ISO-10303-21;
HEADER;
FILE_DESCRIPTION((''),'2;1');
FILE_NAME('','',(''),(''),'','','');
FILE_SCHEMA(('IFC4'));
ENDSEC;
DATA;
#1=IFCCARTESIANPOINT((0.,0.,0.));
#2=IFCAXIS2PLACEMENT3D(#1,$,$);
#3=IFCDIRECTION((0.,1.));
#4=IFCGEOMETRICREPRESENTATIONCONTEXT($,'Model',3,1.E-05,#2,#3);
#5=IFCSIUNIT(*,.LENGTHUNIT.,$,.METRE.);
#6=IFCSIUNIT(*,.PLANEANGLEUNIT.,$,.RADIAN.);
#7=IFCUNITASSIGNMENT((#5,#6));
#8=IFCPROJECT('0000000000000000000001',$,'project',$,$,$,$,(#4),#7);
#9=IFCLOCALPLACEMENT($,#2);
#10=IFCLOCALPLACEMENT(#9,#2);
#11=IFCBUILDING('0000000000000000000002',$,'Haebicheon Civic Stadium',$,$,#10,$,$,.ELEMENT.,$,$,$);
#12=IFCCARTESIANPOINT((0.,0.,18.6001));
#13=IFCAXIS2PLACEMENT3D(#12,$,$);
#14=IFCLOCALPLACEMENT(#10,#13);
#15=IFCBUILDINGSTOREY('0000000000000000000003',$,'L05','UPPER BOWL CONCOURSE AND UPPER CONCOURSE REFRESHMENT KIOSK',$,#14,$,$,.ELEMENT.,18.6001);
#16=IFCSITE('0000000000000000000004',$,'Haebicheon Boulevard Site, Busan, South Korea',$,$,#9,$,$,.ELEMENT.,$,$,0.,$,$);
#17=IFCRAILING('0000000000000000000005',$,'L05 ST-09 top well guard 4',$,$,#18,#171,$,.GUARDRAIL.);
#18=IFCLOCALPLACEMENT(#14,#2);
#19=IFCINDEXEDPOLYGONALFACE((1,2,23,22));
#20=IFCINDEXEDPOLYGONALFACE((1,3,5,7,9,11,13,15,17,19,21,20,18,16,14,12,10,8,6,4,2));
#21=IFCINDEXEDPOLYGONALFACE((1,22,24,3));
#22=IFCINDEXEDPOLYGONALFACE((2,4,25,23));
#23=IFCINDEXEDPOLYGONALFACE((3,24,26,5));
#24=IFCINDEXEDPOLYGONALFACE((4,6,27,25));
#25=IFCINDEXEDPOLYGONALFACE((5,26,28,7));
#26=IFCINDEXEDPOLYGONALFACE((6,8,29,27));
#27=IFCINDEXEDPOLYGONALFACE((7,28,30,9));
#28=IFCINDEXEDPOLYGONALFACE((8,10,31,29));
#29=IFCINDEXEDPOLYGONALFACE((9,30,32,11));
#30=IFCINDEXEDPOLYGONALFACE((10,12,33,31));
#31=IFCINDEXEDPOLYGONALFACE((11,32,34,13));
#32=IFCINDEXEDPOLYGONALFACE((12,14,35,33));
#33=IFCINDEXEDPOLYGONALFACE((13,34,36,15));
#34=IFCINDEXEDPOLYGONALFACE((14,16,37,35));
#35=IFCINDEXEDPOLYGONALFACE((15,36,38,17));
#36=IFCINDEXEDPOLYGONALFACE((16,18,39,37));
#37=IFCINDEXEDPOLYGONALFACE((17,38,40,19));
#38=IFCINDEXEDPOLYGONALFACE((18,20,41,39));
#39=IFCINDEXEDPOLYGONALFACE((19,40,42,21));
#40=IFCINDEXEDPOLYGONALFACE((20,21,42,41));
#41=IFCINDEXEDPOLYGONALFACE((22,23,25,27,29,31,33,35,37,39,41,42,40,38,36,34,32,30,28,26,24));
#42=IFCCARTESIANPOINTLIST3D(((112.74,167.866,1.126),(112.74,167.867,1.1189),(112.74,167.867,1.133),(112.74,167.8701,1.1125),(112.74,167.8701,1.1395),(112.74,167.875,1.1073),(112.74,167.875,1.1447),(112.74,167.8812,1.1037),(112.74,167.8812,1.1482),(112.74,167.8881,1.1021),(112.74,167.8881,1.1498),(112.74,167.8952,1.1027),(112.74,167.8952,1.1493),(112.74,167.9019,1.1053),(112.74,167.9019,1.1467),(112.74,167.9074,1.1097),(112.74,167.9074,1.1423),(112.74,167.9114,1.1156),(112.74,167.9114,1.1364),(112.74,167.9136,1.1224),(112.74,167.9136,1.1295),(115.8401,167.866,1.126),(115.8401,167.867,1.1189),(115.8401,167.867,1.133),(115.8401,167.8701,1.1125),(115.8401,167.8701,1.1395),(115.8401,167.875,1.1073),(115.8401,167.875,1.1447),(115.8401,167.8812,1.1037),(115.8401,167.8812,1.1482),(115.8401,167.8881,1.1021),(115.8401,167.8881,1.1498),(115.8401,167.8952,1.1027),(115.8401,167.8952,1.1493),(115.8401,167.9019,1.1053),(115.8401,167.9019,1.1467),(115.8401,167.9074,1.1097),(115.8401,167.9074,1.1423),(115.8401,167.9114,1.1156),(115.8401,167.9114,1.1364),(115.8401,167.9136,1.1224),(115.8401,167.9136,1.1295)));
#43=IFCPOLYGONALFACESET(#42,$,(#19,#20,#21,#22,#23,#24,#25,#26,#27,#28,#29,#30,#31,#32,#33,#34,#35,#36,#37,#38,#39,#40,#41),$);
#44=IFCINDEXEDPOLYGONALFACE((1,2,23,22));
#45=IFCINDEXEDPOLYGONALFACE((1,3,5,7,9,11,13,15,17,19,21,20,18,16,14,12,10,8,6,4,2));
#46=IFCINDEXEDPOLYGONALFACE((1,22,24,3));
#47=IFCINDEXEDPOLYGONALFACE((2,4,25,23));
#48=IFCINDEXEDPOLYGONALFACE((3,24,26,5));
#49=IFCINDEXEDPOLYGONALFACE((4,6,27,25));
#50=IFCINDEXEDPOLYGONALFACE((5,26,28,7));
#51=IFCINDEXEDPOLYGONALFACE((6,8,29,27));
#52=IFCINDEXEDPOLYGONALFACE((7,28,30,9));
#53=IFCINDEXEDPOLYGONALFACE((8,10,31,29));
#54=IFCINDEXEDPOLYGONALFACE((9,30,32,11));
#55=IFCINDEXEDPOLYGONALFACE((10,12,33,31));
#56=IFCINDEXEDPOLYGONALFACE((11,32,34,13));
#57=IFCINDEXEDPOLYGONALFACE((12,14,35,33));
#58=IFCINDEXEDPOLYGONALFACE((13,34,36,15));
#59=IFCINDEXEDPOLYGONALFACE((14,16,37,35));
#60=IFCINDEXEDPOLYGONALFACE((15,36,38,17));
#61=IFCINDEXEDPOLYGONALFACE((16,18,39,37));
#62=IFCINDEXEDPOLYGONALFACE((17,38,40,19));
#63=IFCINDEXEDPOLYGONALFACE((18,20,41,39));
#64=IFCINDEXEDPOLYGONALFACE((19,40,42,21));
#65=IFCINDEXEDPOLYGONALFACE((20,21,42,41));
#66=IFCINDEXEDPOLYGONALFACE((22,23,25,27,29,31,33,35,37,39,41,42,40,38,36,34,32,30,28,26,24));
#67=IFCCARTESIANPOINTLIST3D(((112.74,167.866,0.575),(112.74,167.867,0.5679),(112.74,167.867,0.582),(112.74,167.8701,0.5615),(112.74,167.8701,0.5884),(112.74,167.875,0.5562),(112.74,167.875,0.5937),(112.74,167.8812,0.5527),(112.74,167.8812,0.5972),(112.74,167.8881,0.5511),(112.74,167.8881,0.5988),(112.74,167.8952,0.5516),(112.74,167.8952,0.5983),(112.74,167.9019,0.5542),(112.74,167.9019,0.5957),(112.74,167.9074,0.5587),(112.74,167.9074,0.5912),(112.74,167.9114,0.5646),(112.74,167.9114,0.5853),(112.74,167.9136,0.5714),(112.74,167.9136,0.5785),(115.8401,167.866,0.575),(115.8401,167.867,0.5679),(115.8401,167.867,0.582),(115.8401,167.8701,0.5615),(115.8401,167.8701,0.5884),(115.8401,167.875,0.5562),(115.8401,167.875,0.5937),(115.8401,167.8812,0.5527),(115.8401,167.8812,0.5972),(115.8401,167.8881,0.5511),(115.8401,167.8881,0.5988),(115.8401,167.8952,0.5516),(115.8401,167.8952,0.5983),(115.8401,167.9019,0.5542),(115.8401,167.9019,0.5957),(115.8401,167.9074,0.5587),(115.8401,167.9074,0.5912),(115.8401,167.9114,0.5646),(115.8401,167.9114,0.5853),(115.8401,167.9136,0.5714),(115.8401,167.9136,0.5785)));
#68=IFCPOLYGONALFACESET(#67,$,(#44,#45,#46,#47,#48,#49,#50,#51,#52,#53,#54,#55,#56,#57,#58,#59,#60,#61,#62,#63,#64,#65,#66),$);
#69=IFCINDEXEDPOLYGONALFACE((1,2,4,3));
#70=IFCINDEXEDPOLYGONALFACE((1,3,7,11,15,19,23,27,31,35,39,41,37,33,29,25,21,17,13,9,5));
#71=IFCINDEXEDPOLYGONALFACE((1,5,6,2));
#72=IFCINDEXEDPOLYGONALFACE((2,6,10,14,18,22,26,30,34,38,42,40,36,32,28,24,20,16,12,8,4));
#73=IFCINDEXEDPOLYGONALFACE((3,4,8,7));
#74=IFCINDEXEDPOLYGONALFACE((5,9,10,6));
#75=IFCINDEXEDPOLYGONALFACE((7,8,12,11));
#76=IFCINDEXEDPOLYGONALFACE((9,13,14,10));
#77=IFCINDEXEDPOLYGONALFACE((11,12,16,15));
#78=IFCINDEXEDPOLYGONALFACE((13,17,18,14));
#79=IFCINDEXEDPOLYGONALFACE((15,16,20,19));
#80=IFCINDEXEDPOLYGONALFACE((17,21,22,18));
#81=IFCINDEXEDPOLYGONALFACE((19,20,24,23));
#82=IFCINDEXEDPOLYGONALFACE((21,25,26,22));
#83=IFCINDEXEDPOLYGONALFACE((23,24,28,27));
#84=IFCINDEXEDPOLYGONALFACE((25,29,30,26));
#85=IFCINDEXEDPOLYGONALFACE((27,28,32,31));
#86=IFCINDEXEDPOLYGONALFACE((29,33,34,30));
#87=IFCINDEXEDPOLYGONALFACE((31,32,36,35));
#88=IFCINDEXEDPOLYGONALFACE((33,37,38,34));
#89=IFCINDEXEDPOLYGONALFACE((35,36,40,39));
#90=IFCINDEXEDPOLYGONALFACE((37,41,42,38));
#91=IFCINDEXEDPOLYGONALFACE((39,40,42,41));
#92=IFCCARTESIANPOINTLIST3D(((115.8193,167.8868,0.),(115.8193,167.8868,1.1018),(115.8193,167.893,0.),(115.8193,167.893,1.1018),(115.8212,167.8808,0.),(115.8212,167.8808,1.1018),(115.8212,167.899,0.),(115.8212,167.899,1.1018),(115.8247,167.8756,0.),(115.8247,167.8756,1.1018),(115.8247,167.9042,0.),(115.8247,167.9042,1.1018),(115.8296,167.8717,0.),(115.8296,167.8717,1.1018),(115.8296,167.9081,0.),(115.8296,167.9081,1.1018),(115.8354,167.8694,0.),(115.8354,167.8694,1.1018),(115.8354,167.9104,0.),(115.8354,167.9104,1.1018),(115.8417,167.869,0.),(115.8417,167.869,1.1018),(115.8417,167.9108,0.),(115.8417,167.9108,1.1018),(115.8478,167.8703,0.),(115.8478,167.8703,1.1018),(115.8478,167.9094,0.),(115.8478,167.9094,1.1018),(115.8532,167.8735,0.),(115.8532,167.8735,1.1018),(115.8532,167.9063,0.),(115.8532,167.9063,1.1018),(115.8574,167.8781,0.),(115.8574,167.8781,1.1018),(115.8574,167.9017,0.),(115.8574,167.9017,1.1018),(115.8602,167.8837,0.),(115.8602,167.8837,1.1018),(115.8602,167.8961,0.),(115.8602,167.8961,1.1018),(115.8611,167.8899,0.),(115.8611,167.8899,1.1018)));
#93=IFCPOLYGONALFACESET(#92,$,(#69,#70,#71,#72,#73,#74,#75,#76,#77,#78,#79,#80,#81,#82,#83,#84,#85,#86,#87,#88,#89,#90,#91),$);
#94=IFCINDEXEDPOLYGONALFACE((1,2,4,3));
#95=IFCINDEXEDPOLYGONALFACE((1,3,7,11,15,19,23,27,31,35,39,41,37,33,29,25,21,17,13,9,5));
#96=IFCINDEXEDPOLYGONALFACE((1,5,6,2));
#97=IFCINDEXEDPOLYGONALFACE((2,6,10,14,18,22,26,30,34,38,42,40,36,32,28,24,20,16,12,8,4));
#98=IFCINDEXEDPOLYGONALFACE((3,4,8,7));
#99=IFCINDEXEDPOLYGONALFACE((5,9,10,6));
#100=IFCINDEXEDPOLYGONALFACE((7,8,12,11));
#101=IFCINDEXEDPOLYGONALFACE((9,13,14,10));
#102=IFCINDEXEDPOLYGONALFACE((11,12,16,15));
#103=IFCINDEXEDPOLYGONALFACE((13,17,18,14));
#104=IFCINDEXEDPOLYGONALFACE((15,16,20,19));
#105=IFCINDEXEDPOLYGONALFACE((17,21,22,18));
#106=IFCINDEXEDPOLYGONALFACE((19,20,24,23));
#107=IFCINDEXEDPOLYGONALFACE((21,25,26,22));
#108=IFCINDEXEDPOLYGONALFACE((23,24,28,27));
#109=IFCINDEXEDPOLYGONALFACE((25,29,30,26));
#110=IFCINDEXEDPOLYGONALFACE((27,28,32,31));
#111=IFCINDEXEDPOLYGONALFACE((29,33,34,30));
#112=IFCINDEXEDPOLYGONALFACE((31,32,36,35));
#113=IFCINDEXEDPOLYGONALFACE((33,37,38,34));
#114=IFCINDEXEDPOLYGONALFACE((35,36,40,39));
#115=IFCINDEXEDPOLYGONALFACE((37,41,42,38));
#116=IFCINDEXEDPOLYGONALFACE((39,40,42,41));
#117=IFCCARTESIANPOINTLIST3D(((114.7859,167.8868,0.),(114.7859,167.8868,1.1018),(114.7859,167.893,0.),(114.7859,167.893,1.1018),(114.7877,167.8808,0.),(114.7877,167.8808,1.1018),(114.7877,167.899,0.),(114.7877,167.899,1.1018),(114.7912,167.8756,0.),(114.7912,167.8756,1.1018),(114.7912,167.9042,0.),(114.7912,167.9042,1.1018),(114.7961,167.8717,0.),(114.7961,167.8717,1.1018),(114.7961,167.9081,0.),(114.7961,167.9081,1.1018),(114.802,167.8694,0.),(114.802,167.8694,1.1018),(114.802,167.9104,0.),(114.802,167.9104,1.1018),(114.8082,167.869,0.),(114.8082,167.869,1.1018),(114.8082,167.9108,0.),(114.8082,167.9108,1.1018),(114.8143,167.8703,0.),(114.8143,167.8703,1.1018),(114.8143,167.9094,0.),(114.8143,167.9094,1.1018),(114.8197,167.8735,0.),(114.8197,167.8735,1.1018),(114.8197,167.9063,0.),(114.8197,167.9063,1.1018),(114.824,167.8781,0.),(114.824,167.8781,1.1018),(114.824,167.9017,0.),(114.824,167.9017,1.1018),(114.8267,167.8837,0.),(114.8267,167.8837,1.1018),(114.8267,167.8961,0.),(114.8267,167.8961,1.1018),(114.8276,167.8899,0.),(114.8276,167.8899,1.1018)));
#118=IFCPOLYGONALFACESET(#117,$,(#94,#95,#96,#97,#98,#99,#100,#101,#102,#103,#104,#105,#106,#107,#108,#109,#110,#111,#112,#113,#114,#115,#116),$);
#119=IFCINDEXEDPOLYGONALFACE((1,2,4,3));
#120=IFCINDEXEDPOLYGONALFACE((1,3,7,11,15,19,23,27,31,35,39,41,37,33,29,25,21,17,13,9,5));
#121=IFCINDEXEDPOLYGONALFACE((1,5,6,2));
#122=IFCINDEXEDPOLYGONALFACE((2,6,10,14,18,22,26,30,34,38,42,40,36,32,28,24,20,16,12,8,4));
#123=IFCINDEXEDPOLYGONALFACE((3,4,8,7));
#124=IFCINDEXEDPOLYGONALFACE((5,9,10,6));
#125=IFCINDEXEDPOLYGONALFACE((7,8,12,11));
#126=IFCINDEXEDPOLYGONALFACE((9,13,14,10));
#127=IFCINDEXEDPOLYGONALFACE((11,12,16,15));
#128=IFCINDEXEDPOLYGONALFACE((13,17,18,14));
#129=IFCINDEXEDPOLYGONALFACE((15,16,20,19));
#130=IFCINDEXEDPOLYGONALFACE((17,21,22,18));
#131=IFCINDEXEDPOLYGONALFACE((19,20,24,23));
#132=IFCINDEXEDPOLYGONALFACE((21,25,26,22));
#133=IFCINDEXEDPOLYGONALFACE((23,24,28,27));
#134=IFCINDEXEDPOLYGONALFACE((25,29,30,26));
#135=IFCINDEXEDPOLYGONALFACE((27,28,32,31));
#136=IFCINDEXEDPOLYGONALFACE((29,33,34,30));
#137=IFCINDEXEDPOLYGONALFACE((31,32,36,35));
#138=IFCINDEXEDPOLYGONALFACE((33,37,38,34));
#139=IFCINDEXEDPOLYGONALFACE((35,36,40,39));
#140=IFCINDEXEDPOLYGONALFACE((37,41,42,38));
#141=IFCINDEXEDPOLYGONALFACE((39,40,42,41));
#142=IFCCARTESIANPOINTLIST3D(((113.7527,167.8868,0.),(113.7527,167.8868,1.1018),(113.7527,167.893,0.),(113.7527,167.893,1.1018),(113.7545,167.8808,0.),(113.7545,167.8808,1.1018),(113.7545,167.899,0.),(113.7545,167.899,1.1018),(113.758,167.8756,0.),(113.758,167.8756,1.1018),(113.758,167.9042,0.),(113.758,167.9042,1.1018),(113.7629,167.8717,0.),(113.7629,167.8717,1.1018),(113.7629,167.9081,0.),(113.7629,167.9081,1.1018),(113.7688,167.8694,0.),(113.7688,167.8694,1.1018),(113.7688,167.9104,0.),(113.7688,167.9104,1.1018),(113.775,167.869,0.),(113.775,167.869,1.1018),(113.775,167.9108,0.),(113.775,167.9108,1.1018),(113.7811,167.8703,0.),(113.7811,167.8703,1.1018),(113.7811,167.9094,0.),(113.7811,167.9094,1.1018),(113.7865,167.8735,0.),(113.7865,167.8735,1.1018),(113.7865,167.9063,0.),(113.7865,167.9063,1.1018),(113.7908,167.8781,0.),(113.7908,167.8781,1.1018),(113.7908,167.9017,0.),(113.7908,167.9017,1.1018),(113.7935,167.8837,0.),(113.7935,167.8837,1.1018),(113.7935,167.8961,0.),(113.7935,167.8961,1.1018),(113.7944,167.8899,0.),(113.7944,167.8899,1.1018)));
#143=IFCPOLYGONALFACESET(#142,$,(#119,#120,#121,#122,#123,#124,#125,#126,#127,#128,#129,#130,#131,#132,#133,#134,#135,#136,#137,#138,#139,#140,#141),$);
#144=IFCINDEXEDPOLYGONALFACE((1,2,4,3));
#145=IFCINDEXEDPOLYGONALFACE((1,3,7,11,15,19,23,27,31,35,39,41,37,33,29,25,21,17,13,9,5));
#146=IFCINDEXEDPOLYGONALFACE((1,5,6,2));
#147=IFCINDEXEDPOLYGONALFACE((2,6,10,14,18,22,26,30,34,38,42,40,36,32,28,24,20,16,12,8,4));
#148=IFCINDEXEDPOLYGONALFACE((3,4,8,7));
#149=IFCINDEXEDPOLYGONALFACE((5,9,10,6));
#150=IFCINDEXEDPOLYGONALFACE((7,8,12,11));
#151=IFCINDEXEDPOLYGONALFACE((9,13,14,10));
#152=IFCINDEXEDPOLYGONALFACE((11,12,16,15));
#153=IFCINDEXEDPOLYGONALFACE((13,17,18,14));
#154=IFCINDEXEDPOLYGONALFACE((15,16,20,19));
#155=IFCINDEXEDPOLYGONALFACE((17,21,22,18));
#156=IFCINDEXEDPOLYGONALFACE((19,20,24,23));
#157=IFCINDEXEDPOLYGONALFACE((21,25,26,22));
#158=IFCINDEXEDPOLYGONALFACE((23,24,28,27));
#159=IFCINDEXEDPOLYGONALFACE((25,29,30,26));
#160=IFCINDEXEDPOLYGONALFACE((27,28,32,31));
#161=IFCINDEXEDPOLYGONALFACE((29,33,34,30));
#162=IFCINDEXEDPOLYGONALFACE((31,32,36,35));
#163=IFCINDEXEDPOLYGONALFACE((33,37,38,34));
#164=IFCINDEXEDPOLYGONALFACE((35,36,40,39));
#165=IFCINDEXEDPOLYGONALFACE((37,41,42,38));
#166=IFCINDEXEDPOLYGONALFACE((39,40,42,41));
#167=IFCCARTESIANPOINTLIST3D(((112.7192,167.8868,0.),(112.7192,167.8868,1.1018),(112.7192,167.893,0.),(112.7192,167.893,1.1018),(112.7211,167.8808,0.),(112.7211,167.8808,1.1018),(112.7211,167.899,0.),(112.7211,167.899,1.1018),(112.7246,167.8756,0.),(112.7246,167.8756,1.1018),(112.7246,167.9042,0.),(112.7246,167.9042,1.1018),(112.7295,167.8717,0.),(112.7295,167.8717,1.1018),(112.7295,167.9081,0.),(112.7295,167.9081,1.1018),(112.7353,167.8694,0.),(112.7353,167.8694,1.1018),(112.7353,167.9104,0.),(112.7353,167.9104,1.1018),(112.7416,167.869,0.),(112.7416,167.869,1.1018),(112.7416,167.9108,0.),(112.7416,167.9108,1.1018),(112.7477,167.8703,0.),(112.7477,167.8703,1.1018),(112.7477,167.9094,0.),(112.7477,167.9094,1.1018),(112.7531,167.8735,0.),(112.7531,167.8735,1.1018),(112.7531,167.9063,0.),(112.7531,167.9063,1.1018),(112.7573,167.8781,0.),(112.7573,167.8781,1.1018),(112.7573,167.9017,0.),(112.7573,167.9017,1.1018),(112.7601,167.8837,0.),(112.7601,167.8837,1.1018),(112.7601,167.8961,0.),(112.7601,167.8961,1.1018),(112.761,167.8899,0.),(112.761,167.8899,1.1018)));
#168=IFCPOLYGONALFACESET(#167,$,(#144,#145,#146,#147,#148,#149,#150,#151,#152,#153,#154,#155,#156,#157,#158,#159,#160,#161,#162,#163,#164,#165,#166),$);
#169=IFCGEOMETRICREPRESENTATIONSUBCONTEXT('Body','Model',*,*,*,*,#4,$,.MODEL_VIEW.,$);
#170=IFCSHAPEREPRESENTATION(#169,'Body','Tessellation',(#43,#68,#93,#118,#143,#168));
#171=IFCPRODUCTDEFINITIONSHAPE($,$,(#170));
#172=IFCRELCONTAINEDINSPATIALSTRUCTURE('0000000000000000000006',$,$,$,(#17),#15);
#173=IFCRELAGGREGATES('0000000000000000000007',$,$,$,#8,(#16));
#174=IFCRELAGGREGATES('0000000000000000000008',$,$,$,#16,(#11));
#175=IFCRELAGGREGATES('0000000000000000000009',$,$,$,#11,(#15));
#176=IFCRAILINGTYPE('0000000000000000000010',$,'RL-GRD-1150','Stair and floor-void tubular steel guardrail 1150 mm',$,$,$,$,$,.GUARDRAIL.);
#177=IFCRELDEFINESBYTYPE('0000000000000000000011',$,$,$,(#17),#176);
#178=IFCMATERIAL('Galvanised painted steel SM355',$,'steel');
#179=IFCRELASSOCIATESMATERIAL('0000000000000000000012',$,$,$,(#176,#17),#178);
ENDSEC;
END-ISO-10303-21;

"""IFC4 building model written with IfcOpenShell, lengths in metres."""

from ifc_helpers import new_model, si_unit, direction, frame, origin, origin_2d, place, context, subcontext, project, spatial, circle, extrude, material, type_object, element, save


model = new_model("IFC4")

# Units and contexts
model_context = context("Model", 3, precision=1e-05, world=origin(), true_north=direction((0.0, 1.0)))
body_context = subcontext(model_context, "Body", "Model", "MODEL_VIEW")
ifc_project = project(units=[si_unit("LENGTHUNIT", "METRE"), si_unit("PLANEANGLEUNIT", "RADIAN")], contexts=[model_context])

# Site, building, storey
site_placement = place(None, origin())
site = spatial("IfcSite", under=ifc_project, at=site_placement, Name="Haebicheon Boulevard Site, Busan, South Korea", CompositionType="ELEMENT", RefElevation=0.0)
building_placement = place(site_placement, origin())
building = spatial("IfcBuilding", under=site, at=building_placement, Name="Haebicheon Civic Stadium", CompositionType="ELEMENT")
storey_placement = place(building_placement, frame((0.0, 0.0, 18.6001)))
storey = spatial("IfcBuildingStorey", under=building, at=storey_placement, Name="L05", Description="UPPER BOWL CONCOURSE AND UPPER CONCOURSE REFRESHMENT KIOSK", CompositionType="ELEMENT", Elevation=18.6001)

# Railing
ifc_material_1 = material(Name="Galvanised painted steel SM355", Category="steel")
railing_type = type_object("IfcRailingType", Name="RL-GRD-1150", Description="Stair and floor-void tubular steel guardrail 1150 mm", PredefinedType="GUARDRAIL", material=ifc_material_1)
railing_1_placement = place(storey_placement, frame((115.8401, 167.8899, 0.0)))
element("IfcRailing", 1, at=railing_1_placement, inside=storey, type_object=railing_type, material=ifc_material_1, Name="L05 ST-09 top well guard 4", PredefinedType="GUARDRAIL", context=body_context, shape_type="SweptSolid", body=[
    extrude(circle(Radius=0.0239, at=origin_2d()), frame((0.0, 0.0, 1.126), z_axis=(-1.0, 0.0, 0.0), x_axis=(0.0, -1.0, 0.0)), (0.0, 0.0, 1.0), 3.1001),
    extrude(circle(Radius=0.0239, at=origin_2d()), frame((0.0, 0.0, 0.575), z_axis=(-1.0, 0.0, 0.0), x_axis=(0.0, -1.0, 0.0)), (0.0, 0.0, 1.0), 3.1001),
    extrude(circle(Radius=0.021, at=origin_2d()), origin(), (0.0, 0.0, 1.0), 1.1018),
    extrude(circle(Radius=0.021, at=origin_2d()), frame((-1.0334, 0.0, 0.0)), (0.0, 0.0, 1.0), 1.1018),
    extrude(circle(Radius=0.021, at=origin_2d()), frame((-2.0667, 0.0, 0.0)), (0.0, 0.0, 1.0), 1.1018),
    extrude(circle(Radius=0.021, at=origin_2d()), frame((-3.1001, 0.0, 0.0)), (0.0, 0.0, 1.0), 1.1018),
])

save(model, "model.ifc")
